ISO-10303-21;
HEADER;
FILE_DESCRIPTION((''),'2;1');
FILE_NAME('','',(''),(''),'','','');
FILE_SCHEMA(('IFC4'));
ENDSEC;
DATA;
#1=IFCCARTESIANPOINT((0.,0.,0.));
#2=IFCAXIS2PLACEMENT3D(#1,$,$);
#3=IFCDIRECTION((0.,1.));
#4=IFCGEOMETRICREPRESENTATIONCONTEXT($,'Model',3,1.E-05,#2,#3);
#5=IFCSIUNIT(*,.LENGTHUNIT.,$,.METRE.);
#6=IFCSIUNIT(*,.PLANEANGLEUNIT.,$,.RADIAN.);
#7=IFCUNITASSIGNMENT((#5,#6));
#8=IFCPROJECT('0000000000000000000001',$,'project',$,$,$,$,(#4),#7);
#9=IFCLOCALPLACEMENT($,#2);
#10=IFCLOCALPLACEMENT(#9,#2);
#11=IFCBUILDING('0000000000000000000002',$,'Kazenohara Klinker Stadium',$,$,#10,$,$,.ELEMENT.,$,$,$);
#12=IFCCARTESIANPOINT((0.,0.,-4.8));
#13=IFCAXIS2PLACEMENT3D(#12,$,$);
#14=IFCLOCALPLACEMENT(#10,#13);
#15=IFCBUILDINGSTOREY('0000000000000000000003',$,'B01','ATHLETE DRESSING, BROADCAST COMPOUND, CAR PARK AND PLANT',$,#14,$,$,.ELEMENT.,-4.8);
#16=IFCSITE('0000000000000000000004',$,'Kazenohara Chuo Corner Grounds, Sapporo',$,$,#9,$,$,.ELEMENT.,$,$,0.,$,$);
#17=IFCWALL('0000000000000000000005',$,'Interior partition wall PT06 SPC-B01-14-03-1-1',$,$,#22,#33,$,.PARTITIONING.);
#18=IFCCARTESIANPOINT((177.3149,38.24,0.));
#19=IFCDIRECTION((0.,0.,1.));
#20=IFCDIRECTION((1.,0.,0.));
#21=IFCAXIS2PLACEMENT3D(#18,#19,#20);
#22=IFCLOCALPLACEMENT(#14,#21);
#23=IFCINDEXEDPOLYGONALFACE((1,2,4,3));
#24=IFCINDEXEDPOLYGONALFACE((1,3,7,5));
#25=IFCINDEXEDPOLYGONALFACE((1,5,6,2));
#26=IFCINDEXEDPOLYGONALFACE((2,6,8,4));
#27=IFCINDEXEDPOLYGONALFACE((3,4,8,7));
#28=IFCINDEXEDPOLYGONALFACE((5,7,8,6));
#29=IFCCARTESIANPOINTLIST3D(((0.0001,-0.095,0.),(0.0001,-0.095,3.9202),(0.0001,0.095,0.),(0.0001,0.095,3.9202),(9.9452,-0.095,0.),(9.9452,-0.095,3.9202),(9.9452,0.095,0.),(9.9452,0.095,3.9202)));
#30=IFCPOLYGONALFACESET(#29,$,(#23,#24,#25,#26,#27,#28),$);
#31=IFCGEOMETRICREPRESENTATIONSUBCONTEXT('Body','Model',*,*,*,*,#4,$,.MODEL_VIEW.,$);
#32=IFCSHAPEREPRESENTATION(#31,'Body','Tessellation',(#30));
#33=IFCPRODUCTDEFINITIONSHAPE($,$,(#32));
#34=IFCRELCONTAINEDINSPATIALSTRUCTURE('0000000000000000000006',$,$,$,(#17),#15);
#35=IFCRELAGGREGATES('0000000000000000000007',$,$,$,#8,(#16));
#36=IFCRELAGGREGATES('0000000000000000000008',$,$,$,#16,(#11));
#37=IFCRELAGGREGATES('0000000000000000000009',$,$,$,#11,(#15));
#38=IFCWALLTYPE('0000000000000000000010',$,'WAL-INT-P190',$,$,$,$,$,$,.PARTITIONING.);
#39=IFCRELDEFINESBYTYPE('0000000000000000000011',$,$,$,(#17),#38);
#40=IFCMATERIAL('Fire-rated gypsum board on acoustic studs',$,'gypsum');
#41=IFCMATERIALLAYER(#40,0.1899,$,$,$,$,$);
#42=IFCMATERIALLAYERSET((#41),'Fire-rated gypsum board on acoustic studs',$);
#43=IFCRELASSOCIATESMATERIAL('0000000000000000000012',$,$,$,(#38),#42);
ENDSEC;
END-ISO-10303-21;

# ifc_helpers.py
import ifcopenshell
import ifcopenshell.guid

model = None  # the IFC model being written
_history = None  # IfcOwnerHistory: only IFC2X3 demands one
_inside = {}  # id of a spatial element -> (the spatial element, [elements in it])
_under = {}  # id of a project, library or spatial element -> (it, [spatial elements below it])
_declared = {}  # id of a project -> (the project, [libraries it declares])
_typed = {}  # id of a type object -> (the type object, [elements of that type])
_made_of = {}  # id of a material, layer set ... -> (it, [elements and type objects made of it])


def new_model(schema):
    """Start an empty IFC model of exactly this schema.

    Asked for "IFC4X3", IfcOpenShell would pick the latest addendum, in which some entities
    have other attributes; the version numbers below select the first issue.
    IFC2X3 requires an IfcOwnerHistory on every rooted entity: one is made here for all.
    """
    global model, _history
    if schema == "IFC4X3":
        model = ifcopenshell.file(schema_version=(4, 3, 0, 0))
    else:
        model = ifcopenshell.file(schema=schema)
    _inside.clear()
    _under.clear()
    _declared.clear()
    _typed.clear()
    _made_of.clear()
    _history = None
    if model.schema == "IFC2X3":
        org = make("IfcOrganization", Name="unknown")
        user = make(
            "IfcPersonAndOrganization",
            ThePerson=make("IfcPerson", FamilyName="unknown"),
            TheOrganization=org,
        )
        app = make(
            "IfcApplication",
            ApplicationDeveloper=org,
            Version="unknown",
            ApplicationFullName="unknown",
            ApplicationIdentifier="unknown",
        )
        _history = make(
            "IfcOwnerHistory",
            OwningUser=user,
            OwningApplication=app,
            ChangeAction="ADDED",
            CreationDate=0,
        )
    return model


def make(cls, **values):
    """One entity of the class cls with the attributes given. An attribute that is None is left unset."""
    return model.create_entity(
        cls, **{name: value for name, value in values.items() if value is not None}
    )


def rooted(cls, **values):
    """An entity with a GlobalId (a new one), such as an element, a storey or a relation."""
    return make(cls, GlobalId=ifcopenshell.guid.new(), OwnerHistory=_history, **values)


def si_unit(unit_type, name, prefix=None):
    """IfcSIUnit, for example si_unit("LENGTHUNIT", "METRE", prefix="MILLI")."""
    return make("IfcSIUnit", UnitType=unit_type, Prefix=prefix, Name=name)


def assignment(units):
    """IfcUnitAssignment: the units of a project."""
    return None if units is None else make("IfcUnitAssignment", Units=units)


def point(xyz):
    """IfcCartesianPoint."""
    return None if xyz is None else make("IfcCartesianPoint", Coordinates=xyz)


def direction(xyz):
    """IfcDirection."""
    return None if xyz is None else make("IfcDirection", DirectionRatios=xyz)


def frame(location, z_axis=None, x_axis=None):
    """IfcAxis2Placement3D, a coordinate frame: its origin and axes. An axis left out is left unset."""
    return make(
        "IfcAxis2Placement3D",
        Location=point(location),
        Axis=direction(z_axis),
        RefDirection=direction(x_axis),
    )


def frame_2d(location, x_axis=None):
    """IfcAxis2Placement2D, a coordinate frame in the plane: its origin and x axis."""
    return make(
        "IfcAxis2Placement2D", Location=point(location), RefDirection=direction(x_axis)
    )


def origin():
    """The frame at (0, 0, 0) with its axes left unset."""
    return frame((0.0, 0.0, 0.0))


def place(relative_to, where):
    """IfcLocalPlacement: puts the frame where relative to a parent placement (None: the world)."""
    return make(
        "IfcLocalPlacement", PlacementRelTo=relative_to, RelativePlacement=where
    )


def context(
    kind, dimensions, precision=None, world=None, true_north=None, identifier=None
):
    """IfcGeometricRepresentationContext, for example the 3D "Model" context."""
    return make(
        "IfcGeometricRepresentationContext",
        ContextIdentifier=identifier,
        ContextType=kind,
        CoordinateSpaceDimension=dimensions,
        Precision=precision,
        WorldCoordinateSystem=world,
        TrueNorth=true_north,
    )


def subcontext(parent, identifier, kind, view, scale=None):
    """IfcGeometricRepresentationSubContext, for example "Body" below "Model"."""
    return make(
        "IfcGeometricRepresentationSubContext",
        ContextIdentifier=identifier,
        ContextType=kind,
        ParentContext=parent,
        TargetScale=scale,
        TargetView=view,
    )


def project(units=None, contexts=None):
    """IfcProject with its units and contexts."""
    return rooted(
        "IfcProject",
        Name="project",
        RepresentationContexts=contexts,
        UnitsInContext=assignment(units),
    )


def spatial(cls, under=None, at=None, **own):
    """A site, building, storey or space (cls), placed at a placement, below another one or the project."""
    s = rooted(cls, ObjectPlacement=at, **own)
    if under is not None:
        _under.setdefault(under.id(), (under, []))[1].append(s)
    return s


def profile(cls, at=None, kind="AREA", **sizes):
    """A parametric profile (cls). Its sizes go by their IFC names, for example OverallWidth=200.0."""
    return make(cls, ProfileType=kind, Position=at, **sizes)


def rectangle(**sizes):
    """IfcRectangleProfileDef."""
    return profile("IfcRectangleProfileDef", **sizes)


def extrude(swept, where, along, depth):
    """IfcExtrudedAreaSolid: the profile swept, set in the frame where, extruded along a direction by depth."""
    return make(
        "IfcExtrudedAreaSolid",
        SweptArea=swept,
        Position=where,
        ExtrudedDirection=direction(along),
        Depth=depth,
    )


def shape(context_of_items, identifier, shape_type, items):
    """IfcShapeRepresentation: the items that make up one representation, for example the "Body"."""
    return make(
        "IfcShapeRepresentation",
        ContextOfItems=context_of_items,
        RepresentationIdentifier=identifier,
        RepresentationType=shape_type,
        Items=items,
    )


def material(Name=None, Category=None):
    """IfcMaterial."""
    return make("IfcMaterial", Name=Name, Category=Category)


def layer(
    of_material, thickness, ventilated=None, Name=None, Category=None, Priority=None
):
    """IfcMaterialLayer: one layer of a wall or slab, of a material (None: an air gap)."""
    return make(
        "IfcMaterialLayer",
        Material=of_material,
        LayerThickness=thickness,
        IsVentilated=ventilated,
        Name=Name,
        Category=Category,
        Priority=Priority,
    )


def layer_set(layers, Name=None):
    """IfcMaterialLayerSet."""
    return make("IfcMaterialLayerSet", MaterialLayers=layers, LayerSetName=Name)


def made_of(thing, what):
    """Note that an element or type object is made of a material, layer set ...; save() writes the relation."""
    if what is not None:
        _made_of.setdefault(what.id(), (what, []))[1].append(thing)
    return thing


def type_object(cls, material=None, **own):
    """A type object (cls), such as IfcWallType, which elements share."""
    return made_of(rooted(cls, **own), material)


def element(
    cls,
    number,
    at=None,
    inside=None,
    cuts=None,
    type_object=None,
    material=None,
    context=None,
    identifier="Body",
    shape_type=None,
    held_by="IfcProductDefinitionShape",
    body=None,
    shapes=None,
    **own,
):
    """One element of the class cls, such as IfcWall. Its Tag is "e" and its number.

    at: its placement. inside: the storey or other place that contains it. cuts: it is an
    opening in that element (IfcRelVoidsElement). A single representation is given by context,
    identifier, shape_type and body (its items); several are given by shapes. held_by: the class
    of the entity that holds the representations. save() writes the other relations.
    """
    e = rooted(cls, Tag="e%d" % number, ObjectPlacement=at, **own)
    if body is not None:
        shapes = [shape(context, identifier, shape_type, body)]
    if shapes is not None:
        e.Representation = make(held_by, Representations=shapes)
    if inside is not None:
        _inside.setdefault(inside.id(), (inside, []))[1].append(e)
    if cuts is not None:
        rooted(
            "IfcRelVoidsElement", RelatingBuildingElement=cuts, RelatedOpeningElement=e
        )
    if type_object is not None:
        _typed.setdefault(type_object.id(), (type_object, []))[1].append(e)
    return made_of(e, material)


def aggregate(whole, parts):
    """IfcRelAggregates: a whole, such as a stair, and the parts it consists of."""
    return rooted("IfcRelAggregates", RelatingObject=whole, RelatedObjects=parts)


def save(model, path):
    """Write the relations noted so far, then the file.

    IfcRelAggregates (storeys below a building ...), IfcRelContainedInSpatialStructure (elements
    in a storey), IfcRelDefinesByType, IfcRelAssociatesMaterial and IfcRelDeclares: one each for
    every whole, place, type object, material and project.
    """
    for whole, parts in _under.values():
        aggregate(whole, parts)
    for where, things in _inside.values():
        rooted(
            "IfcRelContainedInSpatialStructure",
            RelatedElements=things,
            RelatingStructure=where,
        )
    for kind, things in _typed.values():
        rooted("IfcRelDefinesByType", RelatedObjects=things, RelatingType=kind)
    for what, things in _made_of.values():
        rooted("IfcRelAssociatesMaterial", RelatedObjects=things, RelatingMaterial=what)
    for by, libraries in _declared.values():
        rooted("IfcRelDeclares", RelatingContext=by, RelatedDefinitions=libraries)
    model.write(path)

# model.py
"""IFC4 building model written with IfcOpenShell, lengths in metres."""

from ifc_helpers import new_model, si_unit, direction, frame, frame_2d, origin, place, context, subcontext, project, spatial, rectangle, extrude, material, layer, layer_set, type_object, element, save


model = new_model("IFC4")

# Units and contexts
model_context = context("Model", 3, precision=1e-05, world=origin(), true_north=direction((0.0, 1.0)))
body_context = subcontext(model_context, "Body", "Model", "MODEL_VIEW")
ifc_project = project(units=[si_unit("LENGTHUNIT", "METRE"), si_unit("PLANEANGLEUNIT", "RADIAN")], contexts=[model_context])

# Site, building, storey
site_placement = place(None, origin())
site = spatial("IfcSite", under=ifc_project, at=site_placement, Name="Kazenohara Chuo Corner Grounds, Sapporo", CompositionType="ELEMENT", RefElevation=0.0)
building_placement = place(site_placement, origin())
building = spatial("IfcBuilding", under=site, at=building_placement, Name="Kazenohara Klinker Stadium", CompositionType="ELEMENT")
storey_placement = place(building_placement, frame((0.0, 0.0, -4.8)))
storey = spatial("IfcBuildingStorey", under=building, at=storey_placement, Name="B01", Description="ATHLETE DRESSING, BROADCAST COMPOUND, CAR PARK AND PLANT", CompositionType="ELEMENT", Elevation=-4.8)

# Shared definitions
ifc_material_1 = material(Name="Fire-rated gypsum board on acoustic studs", Category="gypsum")

# Wall
ifc_layer_1 = layer(ifc_material_1, 0.1899)
ifc_layer_set_1 = layer_set([ifc_layer_1], Name="Fire-rated gypsum board on acoustic studs")
wall_type_1 = type_object("IfcWallType", Name="WAL-INT-P190", PredefinedType="PARTITIONING", material=ifc_layer_set_1)
wall_1_placement = place(storey_placement, frame((177.3149, 38.24, 0.0), z_axis=(0.0, 0.0, 1.0), x_axis=(1.0, 0.0, 0.0)))
element("IfcWall", 1, at=wall_1_placement, inside=storey, type_object=wall_type_1, Name="Interior partition wall PT06 SPC-B01-14-03-1-1", PredefinedType="PARTITIONING", context=body_context, shape_type="SweptSolid", body=[
    extrude(rectangle(XDim=9.9451, YDim=0.1899, at=frame_2d((4.9727, 0.0))), origin(), (0.0, 0.0, 1.0), 3.9202),
])

save(model, "model.ifc")
